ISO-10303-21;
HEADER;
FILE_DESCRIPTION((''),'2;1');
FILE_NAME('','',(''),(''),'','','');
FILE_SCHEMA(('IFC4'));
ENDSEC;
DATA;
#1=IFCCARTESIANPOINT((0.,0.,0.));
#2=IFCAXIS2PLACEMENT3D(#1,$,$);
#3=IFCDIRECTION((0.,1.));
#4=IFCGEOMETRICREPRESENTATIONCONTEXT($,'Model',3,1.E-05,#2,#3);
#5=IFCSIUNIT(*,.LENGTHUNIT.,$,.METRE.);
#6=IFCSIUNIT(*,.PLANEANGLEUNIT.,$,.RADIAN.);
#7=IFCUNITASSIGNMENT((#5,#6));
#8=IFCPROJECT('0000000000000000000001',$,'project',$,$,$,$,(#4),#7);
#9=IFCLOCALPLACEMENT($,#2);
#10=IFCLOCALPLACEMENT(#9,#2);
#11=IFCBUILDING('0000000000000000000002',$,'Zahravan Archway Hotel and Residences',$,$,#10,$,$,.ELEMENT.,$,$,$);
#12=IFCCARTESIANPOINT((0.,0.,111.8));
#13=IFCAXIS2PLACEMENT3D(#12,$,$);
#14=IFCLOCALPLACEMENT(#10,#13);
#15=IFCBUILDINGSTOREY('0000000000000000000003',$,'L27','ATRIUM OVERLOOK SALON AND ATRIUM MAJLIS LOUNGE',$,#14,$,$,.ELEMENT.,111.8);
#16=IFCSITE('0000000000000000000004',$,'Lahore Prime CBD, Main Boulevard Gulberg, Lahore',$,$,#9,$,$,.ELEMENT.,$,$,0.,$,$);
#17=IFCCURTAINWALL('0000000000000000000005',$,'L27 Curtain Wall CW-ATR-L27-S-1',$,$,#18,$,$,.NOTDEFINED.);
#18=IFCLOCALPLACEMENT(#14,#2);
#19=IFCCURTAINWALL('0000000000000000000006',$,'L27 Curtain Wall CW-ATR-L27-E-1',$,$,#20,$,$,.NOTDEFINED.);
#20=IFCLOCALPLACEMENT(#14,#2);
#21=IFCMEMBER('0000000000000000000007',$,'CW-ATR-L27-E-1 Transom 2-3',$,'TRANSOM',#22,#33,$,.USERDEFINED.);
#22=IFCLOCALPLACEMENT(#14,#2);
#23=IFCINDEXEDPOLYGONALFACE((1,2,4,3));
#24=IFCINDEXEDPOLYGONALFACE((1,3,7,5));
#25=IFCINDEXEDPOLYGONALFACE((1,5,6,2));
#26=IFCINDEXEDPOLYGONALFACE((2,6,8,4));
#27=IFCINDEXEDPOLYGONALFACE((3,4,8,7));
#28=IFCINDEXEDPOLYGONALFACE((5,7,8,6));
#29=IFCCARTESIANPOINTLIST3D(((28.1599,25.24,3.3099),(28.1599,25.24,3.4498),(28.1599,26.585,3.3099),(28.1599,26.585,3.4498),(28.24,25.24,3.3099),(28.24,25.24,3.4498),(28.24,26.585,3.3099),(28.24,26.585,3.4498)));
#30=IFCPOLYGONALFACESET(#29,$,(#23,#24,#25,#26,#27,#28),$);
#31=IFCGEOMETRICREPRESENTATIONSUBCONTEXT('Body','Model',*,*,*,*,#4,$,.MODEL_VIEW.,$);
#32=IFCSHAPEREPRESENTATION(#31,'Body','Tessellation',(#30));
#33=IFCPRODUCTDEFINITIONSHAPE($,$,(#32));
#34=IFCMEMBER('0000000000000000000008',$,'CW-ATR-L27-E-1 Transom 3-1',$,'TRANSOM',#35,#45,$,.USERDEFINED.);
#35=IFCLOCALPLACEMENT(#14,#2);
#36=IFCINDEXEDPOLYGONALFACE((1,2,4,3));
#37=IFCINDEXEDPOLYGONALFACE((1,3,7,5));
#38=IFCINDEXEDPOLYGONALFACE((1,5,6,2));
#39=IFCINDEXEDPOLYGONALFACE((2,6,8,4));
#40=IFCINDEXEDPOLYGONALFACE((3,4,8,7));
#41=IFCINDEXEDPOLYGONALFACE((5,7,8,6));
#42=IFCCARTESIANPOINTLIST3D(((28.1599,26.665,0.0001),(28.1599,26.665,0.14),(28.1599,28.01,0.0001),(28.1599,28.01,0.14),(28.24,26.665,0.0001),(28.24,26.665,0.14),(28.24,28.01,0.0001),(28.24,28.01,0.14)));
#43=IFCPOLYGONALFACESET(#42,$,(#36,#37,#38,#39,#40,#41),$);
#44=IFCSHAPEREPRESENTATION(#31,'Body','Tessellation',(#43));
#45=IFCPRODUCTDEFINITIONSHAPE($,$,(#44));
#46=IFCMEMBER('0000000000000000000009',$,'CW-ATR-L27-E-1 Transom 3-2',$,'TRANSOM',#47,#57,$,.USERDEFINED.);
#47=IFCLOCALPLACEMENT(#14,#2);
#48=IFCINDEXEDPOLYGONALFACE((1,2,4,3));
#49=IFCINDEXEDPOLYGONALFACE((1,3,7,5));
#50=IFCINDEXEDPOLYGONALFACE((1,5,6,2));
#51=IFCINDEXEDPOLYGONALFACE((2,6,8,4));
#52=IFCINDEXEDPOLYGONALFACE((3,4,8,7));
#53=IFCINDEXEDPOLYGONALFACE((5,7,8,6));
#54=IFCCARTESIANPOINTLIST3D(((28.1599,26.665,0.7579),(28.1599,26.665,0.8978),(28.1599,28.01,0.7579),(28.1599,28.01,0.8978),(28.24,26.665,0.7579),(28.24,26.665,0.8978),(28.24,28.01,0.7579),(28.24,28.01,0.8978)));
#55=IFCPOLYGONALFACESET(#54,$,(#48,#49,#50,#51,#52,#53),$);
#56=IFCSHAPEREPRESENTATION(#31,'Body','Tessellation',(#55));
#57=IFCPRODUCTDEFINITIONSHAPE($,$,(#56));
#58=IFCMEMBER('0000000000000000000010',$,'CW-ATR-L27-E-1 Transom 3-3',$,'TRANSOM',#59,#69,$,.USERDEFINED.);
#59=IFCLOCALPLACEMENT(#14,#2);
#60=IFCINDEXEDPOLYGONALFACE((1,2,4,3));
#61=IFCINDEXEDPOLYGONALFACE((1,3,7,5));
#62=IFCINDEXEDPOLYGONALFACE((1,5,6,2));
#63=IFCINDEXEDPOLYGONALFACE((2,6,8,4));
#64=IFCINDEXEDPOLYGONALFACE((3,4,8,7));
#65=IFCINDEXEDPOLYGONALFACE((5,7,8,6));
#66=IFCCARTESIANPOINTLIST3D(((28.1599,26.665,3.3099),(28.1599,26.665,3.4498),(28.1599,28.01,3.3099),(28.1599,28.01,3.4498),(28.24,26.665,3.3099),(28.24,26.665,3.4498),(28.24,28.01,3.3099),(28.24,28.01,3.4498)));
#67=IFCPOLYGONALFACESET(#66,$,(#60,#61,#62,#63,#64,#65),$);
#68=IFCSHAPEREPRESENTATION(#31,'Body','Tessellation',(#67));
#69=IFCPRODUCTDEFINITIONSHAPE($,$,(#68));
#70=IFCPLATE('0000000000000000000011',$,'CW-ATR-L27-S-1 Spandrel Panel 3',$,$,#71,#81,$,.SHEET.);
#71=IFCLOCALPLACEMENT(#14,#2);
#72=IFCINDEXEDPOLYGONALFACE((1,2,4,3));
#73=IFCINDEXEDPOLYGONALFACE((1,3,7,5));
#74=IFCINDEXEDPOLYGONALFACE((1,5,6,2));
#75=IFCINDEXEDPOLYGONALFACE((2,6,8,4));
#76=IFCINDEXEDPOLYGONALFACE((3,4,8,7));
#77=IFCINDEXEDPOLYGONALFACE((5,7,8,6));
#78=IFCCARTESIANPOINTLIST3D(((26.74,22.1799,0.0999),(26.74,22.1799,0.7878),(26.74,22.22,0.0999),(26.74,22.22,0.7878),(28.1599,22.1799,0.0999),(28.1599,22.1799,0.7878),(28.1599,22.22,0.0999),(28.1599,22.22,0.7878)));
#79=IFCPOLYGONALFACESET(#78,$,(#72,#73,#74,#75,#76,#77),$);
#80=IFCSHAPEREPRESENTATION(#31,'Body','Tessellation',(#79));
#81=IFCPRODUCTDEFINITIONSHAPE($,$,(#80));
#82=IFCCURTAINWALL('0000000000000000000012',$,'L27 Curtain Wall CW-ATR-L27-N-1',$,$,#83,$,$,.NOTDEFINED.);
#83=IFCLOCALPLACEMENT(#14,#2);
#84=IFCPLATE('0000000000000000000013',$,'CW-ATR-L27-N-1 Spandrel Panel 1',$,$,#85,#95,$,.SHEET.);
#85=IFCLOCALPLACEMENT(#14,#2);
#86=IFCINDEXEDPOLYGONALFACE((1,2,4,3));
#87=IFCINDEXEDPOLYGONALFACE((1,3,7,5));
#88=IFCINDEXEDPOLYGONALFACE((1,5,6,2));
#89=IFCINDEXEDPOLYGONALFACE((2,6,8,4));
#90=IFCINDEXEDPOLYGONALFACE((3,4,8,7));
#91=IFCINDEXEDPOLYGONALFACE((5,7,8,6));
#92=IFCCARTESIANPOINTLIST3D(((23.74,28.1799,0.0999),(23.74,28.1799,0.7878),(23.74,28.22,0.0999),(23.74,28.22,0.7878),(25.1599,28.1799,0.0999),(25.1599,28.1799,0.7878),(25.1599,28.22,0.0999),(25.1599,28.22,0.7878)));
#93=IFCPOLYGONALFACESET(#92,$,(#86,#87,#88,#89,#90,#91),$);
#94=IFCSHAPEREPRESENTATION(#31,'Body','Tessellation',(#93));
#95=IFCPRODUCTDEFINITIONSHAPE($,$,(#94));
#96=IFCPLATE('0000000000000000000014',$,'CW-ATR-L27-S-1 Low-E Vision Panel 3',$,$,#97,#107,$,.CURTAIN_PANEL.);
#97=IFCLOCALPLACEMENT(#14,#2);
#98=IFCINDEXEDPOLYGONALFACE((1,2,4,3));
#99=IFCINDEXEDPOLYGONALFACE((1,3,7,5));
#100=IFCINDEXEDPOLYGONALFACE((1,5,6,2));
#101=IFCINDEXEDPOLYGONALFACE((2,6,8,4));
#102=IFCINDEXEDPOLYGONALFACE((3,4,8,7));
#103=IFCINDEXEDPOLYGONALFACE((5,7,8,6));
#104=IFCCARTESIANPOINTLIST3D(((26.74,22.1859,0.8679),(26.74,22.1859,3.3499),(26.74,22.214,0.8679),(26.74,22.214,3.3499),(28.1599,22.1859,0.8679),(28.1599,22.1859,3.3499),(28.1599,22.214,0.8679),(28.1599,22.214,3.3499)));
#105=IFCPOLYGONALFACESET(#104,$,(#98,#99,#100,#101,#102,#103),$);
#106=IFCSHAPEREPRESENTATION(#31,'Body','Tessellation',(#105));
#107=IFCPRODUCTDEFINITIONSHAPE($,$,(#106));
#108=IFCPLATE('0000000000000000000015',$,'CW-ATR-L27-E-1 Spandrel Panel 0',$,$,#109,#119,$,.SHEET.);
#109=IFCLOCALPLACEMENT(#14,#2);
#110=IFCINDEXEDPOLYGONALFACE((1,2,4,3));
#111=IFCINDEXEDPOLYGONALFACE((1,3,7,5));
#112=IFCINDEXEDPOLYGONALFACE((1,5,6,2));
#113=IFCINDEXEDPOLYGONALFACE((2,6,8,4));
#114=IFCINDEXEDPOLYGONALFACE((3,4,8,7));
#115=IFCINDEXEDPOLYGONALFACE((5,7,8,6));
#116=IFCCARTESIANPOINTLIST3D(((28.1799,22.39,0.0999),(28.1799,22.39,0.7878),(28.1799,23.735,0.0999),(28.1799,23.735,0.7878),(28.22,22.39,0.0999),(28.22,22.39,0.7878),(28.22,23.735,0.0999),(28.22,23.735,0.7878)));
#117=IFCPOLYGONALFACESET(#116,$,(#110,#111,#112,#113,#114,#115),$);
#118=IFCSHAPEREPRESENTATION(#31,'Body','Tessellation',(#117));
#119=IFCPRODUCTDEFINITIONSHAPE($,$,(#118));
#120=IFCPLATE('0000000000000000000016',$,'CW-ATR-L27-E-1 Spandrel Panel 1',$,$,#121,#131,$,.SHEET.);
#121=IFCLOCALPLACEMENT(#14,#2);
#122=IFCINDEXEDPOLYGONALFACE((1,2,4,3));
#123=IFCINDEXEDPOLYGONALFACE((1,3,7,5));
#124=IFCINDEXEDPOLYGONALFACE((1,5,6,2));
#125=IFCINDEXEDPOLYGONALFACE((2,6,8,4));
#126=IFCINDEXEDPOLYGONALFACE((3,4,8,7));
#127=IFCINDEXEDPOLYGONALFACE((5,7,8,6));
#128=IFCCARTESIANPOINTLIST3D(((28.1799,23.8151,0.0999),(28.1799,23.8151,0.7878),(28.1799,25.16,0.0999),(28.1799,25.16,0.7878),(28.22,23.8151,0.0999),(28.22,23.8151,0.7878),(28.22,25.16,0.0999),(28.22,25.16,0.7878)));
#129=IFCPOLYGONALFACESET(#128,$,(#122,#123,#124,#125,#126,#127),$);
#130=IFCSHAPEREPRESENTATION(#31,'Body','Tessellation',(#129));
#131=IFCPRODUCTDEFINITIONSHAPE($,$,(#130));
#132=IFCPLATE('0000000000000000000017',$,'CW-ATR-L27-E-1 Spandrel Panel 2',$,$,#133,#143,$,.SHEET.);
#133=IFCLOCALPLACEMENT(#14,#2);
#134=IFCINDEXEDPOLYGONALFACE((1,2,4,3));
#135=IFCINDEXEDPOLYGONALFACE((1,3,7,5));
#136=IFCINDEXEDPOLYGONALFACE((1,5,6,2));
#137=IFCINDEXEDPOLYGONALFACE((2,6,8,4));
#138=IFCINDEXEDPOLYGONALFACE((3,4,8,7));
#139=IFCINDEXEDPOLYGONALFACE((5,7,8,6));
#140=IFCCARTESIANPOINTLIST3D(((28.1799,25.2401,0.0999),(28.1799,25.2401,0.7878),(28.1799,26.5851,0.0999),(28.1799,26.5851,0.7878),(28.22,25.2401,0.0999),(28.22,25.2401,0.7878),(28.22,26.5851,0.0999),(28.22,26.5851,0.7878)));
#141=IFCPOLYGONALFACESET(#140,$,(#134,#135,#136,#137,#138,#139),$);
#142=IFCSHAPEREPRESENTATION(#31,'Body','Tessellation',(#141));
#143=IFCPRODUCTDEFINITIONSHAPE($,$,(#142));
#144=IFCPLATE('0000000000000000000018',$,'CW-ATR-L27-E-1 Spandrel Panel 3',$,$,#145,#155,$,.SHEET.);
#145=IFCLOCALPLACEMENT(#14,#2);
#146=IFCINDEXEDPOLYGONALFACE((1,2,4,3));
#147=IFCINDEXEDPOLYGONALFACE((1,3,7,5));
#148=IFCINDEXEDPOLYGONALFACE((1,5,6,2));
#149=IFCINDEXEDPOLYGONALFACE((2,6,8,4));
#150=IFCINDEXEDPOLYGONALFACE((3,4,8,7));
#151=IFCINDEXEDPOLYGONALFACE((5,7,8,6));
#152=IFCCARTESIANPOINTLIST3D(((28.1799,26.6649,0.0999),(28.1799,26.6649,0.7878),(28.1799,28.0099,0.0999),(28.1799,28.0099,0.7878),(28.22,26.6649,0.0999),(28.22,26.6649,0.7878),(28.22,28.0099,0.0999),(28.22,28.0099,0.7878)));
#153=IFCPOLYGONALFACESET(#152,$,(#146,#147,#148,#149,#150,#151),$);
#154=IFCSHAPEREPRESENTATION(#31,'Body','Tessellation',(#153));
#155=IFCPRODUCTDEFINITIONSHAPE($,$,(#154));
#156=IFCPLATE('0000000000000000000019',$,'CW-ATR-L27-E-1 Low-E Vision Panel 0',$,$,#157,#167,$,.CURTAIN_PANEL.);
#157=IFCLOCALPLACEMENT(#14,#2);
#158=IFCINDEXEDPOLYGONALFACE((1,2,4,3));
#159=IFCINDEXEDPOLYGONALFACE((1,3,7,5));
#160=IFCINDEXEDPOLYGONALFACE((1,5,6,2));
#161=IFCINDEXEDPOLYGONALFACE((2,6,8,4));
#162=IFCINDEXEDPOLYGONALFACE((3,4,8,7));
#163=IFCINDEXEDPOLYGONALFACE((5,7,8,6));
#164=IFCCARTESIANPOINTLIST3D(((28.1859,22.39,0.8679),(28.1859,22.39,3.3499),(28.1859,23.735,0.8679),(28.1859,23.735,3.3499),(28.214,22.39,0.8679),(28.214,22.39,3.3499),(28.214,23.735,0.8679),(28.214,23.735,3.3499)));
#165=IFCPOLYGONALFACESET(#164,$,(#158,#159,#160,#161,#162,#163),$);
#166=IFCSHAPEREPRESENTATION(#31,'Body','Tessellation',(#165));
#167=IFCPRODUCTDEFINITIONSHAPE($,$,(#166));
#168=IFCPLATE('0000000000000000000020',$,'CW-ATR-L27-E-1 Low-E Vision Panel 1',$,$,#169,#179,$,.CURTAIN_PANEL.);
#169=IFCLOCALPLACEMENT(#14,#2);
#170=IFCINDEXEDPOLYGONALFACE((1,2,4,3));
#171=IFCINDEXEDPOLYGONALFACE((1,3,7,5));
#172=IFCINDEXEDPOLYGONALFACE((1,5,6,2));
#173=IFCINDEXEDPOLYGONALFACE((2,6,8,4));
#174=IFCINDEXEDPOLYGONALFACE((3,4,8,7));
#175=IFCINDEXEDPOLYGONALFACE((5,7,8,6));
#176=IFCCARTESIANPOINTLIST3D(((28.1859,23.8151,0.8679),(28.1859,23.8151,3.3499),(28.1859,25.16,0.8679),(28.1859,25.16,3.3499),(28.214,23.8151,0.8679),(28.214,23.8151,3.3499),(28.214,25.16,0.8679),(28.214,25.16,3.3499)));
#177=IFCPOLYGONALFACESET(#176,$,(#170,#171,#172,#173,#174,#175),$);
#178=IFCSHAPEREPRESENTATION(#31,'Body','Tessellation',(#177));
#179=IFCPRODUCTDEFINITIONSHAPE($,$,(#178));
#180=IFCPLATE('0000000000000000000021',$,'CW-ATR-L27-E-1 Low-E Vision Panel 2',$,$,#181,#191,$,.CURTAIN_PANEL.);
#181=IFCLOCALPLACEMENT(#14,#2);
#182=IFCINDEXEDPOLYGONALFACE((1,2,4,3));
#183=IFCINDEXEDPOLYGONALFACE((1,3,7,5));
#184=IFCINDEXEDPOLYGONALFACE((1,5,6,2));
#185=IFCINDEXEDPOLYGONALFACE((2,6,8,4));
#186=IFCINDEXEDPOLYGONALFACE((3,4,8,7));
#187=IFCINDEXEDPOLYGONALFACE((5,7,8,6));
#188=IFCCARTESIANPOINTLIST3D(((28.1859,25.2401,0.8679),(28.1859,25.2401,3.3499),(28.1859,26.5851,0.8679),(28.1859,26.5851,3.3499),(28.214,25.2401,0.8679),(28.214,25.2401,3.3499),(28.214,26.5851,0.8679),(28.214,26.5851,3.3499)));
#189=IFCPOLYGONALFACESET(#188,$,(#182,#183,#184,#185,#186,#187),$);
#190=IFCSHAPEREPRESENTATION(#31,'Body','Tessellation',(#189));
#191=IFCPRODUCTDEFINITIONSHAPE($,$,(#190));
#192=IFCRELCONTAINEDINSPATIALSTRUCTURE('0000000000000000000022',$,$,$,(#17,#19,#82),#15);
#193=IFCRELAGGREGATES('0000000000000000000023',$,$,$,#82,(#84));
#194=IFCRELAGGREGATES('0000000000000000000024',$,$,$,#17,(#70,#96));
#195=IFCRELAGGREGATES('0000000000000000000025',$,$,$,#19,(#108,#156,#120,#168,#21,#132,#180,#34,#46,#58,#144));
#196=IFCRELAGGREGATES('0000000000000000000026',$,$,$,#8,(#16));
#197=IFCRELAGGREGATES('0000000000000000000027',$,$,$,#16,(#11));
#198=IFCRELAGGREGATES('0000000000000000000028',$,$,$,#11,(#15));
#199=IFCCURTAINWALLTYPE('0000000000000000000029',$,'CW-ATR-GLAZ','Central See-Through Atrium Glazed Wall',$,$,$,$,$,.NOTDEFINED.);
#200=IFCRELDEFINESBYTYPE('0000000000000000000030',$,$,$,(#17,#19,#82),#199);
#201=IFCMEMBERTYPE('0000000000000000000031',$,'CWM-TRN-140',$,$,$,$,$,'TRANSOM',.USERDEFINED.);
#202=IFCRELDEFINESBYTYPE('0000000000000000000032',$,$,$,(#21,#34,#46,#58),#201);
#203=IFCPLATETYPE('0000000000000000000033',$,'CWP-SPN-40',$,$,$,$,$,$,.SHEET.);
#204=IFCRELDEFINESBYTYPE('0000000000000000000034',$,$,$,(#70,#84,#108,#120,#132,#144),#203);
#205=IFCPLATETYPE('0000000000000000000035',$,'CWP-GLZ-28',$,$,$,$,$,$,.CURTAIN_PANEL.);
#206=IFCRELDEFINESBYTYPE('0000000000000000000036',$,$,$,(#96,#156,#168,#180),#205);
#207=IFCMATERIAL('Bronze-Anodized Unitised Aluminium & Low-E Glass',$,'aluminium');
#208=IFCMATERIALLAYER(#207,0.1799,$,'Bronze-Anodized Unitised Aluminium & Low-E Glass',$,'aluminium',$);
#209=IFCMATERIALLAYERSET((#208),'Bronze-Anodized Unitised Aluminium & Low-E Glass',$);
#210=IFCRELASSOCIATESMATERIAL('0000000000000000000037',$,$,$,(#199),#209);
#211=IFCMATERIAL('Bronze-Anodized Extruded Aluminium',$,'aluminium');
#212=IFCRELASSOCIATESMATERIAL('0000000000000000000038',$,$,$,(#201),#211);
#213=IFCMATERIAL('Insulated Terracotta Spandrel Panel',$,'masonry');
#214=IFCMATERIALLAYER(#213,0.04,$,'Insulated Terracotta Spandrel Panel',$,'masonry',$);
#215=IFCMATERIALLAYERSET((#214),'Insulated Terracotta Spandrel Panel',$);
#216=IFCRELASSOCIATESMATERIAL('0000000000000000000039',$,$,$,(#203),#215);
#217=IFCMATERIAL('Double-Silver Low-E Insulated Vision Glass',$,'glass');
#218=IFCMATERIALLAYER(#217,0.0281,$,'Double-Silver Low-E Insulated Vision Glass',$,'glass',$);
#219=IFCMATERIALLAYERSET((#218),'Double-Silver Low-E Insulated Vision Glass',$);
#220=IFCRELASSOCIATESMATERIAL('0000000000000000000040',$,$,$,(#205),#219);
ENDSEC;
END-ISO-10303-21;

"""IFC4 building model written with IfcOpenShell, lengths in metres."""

from ifc_helpers import new_model, si_unit, direction, frame, origin, origin_2d, place, context, subcontext, project, spatial, rectangle, extrude, source, transform, mapped, material, layer, layer_set, material_profile, profile_set, type_object, element, aggregate, save


model = new_model("IFC4")

# Units and contexts
model_context = context("Model", 3, precision=1e-05, world=origin(), true_north=direction((0.0, 1.0)))
body_context = subcontext(model_context, "Body", "Model", "MODEL_VIEW")
ifc_project = project(units=[si_unit("LENGTHUNIT", "METRE"), si_unit("PLANEANGLEUNIT", "RADIAN")], contexts=[model_context])

# Site, building, storey
site_placement = place(None, origin())
site = spatial("IfcSite", under=ifc_project, at=site_placement, Name="Lahore Prime CBD, Main Boulevard Gulberg, Lahore", CompositionType="ELEMENT", RefElevation=0.0)
building_placement = place(site_placement, origin())
building = spatial("IfcBuilding", under=site, at=building_placement, Name="Zahravan Archway Hotel and Residences", CompositionType="ELEMENT")
storey_placement = place(building_placement, frame((0.0, 0.0, 111.8)))
storey = spatial("IfcBuildingStorey", under=building, at=storey_placement, Name="L27", Description="ATRIUM OVERLOOK SALON AND ATRIUM MAJLIS LOUNGE", CompositionType="ELEMENT", Elevation=111.8)

# Curtain wall
ifc_material_1 = material(Name="Bronze-Anodized Unitised Aluminium & Low-E Glass", Category="aluminium")
ifc_layer_1 = layer(ifc_material_1, 0.1799, Name="Bronze-Anodized Unitised Aluminium & Low-E Glass", Category="aluminium")
ifc_layer_set_1 = layer_set([ifc_layer_1], Name="Bronze-Anodized Unitised Aluminium & Low-E Glass")
curtain_wall_type = type_object("IfcCurtainWallType", Name="CW-ATR-GLAZ", Description="Central See-Through Atrium Glazed Wall", PredefinedType="NOTDEFINED", material=ifc_layer_set_1)
curtain_wall_1_placement = place(storey_placement, origin())
curtain_wall_1 = element("IfcCurtainWall", 1, at=curtain_wall_1_placement, inside=storey, type_object=curtain_wall_type, Name="L27 Curtain Wall CW-ATR-L27-S-1", PredefinedType="NOTDEFINED")
ifc_material_2 = material(Name="Bronze-Anodized Extruded Aluminium", Category="aluminium")

# Curtain wall
curtain_wall_2_placement = place(storey_placement, origin())
curtain_wall_2 = element("IfcCurtainWall", 2, at=curtain_wall_2_placement, inside=storey, type_object=curtain_wall_type, Name="L27 Curtain Wall CW-ATR-L27-E-1", PredefinedType="NOTDEFINED")

# Members
ifc_material_profile_1 = material_profile(ifc_material_2, rectangle(XDim=0.0801, YDim=0.1399, at=origin_2d()), Name="TRN 80x140", Category="aluminium")
ifc_profile_set_1 = profile_set([ifc_material_profile_1], Name="Bronze-Anodized Extruded Aluminium")
member_type_1 = type_object("IfcMemberType", Name="CWM-TRN-140", ElementType="TRANSOM", PredefinedType="USERDEFINED", material=ifc_profile_set_1)
shared_shape_1 = source(origin(), body_context, "Body", "SweptSolid", [
    extrude(rectangle(XDim=0.0801, YDim=0.1399, at=origin_2d()), origin(), (0.0, 0.0, 1.0), 1.345),
])
member_1_placement = place(storey_placement, frame((28.2, 25.24, 3.3799), z_axis=(0.0, 1.0, 0.0), x_axis=(-1.0, 0.0, 0.0)))
member_1 = element("IfcMember", 3, at=member_1_placement, type_object=member_type_1, Name="CW-ATR-L27-E-1 Transom 2-3", ObjectType="TRANSOM", PredefinedType="USERDEFINED", context=body_context, shape_type="MappedRepresentation", body=[
    mapped(shared_shape_1, transform((0.0, 0.0, 0.0), scale=1.0)),
])
member_2_placement = place(storey_placement, frame((28.2, 26.665, 0.0701), z_axis=(0.0, 1.0, 0.0), x_axis=(-1.0, 0.0, 0.0)))
member_2 = element("IfcMember", 4, at=member_2_placement, type_object=member_type_1, Name="CW-ATR-L27-E-1 Transom 3-1", ObjectType="TRANSOM", PredefinedType="USERDEFINED", context=body_context, shape_type="MappedRepresentation", body=[
    mapped(shared_shape_1, transform((0.0, 0.0, 0.0), scale=1.0)),
])
member_3_placement = place(storey_placement, frame((28.2, 26.665, 0.8279), z_axis=(0.0, 1.0, 0.0), x_axis=(-1.0, 0.0, 0.0)))
member_3 = element("IfcMember", 5, at=member_3_placement, type_object=member_type_1, Name="CW-ATR-L27-E-1 Transom 3-2", ObjectType="TRANSOM", PredefinedType="USERDEFINED", context=body_context, shape_type="MappedRepresentation", body=[
    mapped(shared_shape_1, transform((0.0, 0.0, 0.0), scale=1.0)),
])
member_4_placement = place(storey_placement, frame((28.2, 26.665, 3.3799), z_axis=(0.0, 1.0, 0.0), x_axis=(-1.0, 0.0, 0.0)))
member_4 = element("IfcMember", 6, at=member_4_placement, type_object=member_type_1, Name="CW-ATR-L27-E-1 Transom 3-3", ObjectType="TRANSOM", PredefinedType="USERDEFINED", context=body_context, shape_type="MappedRepresentation", body=[
    mapped(shared_shape_1, transform((0.0, 0.0, 0.0), scale=1.0)),
])

# Plate
ifc_material_3 = material(Name="Insulated Terracotta Spandrel Panel", Category="masonry")
ifc_layer_2 = layer(ifc_material_3, 0.04, Name="Insulated Terracotta Spandrel Panel", Category="masonry")
ifc_layer_set_2 = layer_set([ifc_layer_2], Name="Insulated Terracotta Spandrel Panel")
plate_type_1 = type_object("IfcPlateType", Name="CWP-SPN-40", PredefinedType="SHEET", material=ifc_layer_set_2)
shared_shape_2 = source(origin(), body_context, "Body", "SweptSolid", [
    extrude(rectangle(XDim=1.4199, YDim=0.04, at=origin_2d()), origin(), (0.0, 0.0, 1.0), 0.688),
])
plate_1_placement = place(storey_placement, frame((27.45, 22.2, 0.0999), z_axis=(0.0, 0.0, 1.0), x_axis=(1.0, 0.0, 0.0)))
plate_1 = element("IfcPlate", 7, at=plate_1_placement, type_object=plate_type_1, Name="CW-ATR-L27-S-1 Spandrel Panel 3", PredefinedType="SHEET", context=body_context, shape_type="MappedRepresentation", body=[
    mapped(shared_shape_2, transform((0.0, 0.0, 0.0), scale=1.0)),
])

# Curtain wall, plate
curtain_wall_3_placement = place(storey_placement, origin())
curtain_wall_3 = element("IfcCurtainWall", 8, at=curtain_wall_3_placement, inside=storey, type_object=curtain_wall_type, Name="L27 Curtain Wall CW-ATR-L27-N-1", PredefinedType="NOTDEFINED")
plate_2_placement = place(storey_placement, frame((24.45, 28.2, 0.0999), z_axis=(0.0, 0.0, 1.0), x_axis=(1.0, 0.0, 0.0)))
plate_2 = element("IfcPlate", 9, at=plate_2_placement, type_object=plate_type_1, Name="CW-ATR-L27-N-1 Spandrel Panel 1", PredefinedType="SHEET", context=body_context, shape_type="MappedRepresentation", body=[
    mapped(shared_shape_2, transform((0.0, 0.0, 0.0), scale=1.0)),
])
aggregate(curtain_wall_3, [plate_2])

# Plates
ifc_material_4 = material(Name="Double-Silver Low-E Insulated Vision Glass", Category="glass")
ifc_layer_3 = layer(ifc_material_4, 0.0281, Name="Double-Silver Low-E Insulated Vision Glass", Category="glass")
ifc_layer_set_3 = layer_set([ifc_layer_3], Name="Double-Silver Low-E Insulated Vision Glass")
plate_type_2 = type_object("IfcPlateType", Name="CWP-GLZ-28", PredefinedType="CURTAIN_PANEL", material=ifc_layer_set_3)
shared_shape_3 = source(origin(), body_context, "Body", "SweptSolid", [
    extrude(rectangle(XDim=1.4199, YDim=0.0281, at=origin_2d()), origin(), (0.0, 0.0, 1.0), 2.4819),
])
plate_3_placement = place(storey_placement, frame((27.45, 22.2, 0.8679), z_axis=(0.0, 0.0, 1.0), x_axis=(1.0, 0.0, 0.0)))
plate_3 = element("IfcPlate", 10, at=plate_3_placement, type_object=plate_type_2, Name="CW-ATR-L27-S-1 Low-E Vision Panel 3", PredefinedType="CURTAIN_PANEL", context=body_context, shape_type="MappedRepresentation", body=[
    mapped(shared_shape_3, transform((0.0, 0.0, 0.0), scale=1.0)),
])
aggregate(curtain_wall_1, [plate_1, plate_3])
shared_shape_4 = source(origin(), body_context, "Body", "SweptSolid", [
    extrude(rectangle(XDim=1.345, YDim=0.04, at=origin_2d()), origin(), (0.0, 0.0, 1.0), 0.688),
])
plate_4_placement = place(storey_placement, frame((28.2, 23.0625, 0.0999), z_axis=(0.0, 0.0, 1.0), x_axis=(0.0, 1.0, 0.0)))
plate_4 = element("IfcPlate", 11, at=plate_4_placement, type_object=plate_type_1, Name="CW-ATR-L27-E-1 Spandrel Panel 0", PredefinedType="SHEET", context=body_context, shape_type="MappedRepresentation", body=[
    mapped(shared_shape_4, transform((0.0, 0.0, 0.0), scale=1.0)),
])
plate_5_placement = place(storey_placement, frame((28.2, 24.4875, 0.0999), z_axis=(0.0, 0.0, 1.0), x_axis=(0.0, 1.0, 0.0)))
plate_5 = element("IfcPlate", 12, at=plate_5_placement, type_object=plate_type_1, Name="CW-ATR-L27-E-1 Spandrel Panel 1", PredefinedType="SHEET", context=body_context, shape_type="MappedRepresentation", body=[
    mapped(shared_shape_4, transform((0.0, 0.0, 0.0), scale=1.0)),
])
plate_6_placement = place(storey_placement, frame((28.2, 25.9126, 0.0999), z_axis=(0.0, 0.0, 1.0), x_axis=(0.0, 1.0, 0.0)))
plate_6 = element("IfcPlate", 13, at=plate_6_placement, type_object=plate_type_1, Name="CW-ATR-L27-E-1 Spandrel Panel 2", PredefinedType="SHEET", context=body_context, shape_type="MappedRepresentation", body=[
    mapped(shared_shape_4, transform((0.0, 0.0, 0.0), scale=1.0)),
])
plate_7_placement = place(storey_placement, frame((28.2, 27.3374, 0.0999), z_axis=(0.0, 0.0, 1.0), x_axis=(0.0, 1.0, 0.0)))
plate_7 = element("IfcPlate", 14, at=plate_7_placement, type_object=plate_type_1, Name="CW-ATR-L27-E-1 Spandrel Panel 3", PredefinedType="SHEET", context=body_context, shape_type="MappedRepresentation", body=[
    mapped(shared_shape_4, transform((0.0, 0.0, 0.0), scale=1.0)),
])
shared_shape_5 = source(origin(), body_context, "Body", "SweptSolid", [
    extrude(rectangle(XDim=1.345, YDim=0.0281, at=origin_2d()), origin(), (0.0, 0.0, 1.0), 2.4819),
])
plate_8_placement = place(storey_placement, frame((28.2, 23.0625, 0.8679), z_axis=(0.0, 0.0, 1.0), x_axis=(0.0, 1.0, 0.0)))
plate_8 = element("IfcPlate", 15, at=plate_8_placement, type_object=plate_type_2, Name="CW-ATR-L27-E-1 Low-E Vision Panel 0", PredefinedType="CURTAIN_PANEL", context=body_context, shape_type="MappedRepresentation", body=[
    mapped(shared_shape_5, transform((0.0, 0.0, 0.0), scale=1.0)),
])
plate_9_placement = place(storey_placement, frame((28.2, 24.4875, 0.8679), z_axis=(0.0, 0.0, 1.0), x_axis=(0.0, 1.0, 0.0)))
plate_9 = element("IfcPlate", 16, at=plate_9_placement, type_object=plate_type_2, Name="CW-ATR-L27-E-1 Low-E Vision Panel 1", PredefinedType="CURTAIN_PANEL", context=body_context, shape_type="MappedRepresentation", body=[
    mapped(shared_shape_5, transform((0.0, 0.0, 0.0), scale=1.0)),
])
plate_10_placement = place(storey_placement, frame((28.2, 25.9126, 0.8679), z_axis=(0.0, 0.0, 1.0), x_axis=(0.0, 1.0, 0.0)))
plate_10 = element("IfcPlate", 17, at=plate_10_placement, type_object=plate_type_2, Name="CW-ATR-L27-E-1 Low-E Vision Panel 2", PredefinedType="CURTAIN_PANEL", context=body_context, shape_type="MappedRepresentation", body=[
    mapped(shared_shape_5, transform((0.0, 0.0, 0.0), scale=1.0)),
])
aggregate(curtain_wall_2, [plate_4, plate_8, plate_5, plate_9, member_1, plate_6, plate_10, member_2, member_3, member_4, plate_7])

save(model, "model.ifc")
